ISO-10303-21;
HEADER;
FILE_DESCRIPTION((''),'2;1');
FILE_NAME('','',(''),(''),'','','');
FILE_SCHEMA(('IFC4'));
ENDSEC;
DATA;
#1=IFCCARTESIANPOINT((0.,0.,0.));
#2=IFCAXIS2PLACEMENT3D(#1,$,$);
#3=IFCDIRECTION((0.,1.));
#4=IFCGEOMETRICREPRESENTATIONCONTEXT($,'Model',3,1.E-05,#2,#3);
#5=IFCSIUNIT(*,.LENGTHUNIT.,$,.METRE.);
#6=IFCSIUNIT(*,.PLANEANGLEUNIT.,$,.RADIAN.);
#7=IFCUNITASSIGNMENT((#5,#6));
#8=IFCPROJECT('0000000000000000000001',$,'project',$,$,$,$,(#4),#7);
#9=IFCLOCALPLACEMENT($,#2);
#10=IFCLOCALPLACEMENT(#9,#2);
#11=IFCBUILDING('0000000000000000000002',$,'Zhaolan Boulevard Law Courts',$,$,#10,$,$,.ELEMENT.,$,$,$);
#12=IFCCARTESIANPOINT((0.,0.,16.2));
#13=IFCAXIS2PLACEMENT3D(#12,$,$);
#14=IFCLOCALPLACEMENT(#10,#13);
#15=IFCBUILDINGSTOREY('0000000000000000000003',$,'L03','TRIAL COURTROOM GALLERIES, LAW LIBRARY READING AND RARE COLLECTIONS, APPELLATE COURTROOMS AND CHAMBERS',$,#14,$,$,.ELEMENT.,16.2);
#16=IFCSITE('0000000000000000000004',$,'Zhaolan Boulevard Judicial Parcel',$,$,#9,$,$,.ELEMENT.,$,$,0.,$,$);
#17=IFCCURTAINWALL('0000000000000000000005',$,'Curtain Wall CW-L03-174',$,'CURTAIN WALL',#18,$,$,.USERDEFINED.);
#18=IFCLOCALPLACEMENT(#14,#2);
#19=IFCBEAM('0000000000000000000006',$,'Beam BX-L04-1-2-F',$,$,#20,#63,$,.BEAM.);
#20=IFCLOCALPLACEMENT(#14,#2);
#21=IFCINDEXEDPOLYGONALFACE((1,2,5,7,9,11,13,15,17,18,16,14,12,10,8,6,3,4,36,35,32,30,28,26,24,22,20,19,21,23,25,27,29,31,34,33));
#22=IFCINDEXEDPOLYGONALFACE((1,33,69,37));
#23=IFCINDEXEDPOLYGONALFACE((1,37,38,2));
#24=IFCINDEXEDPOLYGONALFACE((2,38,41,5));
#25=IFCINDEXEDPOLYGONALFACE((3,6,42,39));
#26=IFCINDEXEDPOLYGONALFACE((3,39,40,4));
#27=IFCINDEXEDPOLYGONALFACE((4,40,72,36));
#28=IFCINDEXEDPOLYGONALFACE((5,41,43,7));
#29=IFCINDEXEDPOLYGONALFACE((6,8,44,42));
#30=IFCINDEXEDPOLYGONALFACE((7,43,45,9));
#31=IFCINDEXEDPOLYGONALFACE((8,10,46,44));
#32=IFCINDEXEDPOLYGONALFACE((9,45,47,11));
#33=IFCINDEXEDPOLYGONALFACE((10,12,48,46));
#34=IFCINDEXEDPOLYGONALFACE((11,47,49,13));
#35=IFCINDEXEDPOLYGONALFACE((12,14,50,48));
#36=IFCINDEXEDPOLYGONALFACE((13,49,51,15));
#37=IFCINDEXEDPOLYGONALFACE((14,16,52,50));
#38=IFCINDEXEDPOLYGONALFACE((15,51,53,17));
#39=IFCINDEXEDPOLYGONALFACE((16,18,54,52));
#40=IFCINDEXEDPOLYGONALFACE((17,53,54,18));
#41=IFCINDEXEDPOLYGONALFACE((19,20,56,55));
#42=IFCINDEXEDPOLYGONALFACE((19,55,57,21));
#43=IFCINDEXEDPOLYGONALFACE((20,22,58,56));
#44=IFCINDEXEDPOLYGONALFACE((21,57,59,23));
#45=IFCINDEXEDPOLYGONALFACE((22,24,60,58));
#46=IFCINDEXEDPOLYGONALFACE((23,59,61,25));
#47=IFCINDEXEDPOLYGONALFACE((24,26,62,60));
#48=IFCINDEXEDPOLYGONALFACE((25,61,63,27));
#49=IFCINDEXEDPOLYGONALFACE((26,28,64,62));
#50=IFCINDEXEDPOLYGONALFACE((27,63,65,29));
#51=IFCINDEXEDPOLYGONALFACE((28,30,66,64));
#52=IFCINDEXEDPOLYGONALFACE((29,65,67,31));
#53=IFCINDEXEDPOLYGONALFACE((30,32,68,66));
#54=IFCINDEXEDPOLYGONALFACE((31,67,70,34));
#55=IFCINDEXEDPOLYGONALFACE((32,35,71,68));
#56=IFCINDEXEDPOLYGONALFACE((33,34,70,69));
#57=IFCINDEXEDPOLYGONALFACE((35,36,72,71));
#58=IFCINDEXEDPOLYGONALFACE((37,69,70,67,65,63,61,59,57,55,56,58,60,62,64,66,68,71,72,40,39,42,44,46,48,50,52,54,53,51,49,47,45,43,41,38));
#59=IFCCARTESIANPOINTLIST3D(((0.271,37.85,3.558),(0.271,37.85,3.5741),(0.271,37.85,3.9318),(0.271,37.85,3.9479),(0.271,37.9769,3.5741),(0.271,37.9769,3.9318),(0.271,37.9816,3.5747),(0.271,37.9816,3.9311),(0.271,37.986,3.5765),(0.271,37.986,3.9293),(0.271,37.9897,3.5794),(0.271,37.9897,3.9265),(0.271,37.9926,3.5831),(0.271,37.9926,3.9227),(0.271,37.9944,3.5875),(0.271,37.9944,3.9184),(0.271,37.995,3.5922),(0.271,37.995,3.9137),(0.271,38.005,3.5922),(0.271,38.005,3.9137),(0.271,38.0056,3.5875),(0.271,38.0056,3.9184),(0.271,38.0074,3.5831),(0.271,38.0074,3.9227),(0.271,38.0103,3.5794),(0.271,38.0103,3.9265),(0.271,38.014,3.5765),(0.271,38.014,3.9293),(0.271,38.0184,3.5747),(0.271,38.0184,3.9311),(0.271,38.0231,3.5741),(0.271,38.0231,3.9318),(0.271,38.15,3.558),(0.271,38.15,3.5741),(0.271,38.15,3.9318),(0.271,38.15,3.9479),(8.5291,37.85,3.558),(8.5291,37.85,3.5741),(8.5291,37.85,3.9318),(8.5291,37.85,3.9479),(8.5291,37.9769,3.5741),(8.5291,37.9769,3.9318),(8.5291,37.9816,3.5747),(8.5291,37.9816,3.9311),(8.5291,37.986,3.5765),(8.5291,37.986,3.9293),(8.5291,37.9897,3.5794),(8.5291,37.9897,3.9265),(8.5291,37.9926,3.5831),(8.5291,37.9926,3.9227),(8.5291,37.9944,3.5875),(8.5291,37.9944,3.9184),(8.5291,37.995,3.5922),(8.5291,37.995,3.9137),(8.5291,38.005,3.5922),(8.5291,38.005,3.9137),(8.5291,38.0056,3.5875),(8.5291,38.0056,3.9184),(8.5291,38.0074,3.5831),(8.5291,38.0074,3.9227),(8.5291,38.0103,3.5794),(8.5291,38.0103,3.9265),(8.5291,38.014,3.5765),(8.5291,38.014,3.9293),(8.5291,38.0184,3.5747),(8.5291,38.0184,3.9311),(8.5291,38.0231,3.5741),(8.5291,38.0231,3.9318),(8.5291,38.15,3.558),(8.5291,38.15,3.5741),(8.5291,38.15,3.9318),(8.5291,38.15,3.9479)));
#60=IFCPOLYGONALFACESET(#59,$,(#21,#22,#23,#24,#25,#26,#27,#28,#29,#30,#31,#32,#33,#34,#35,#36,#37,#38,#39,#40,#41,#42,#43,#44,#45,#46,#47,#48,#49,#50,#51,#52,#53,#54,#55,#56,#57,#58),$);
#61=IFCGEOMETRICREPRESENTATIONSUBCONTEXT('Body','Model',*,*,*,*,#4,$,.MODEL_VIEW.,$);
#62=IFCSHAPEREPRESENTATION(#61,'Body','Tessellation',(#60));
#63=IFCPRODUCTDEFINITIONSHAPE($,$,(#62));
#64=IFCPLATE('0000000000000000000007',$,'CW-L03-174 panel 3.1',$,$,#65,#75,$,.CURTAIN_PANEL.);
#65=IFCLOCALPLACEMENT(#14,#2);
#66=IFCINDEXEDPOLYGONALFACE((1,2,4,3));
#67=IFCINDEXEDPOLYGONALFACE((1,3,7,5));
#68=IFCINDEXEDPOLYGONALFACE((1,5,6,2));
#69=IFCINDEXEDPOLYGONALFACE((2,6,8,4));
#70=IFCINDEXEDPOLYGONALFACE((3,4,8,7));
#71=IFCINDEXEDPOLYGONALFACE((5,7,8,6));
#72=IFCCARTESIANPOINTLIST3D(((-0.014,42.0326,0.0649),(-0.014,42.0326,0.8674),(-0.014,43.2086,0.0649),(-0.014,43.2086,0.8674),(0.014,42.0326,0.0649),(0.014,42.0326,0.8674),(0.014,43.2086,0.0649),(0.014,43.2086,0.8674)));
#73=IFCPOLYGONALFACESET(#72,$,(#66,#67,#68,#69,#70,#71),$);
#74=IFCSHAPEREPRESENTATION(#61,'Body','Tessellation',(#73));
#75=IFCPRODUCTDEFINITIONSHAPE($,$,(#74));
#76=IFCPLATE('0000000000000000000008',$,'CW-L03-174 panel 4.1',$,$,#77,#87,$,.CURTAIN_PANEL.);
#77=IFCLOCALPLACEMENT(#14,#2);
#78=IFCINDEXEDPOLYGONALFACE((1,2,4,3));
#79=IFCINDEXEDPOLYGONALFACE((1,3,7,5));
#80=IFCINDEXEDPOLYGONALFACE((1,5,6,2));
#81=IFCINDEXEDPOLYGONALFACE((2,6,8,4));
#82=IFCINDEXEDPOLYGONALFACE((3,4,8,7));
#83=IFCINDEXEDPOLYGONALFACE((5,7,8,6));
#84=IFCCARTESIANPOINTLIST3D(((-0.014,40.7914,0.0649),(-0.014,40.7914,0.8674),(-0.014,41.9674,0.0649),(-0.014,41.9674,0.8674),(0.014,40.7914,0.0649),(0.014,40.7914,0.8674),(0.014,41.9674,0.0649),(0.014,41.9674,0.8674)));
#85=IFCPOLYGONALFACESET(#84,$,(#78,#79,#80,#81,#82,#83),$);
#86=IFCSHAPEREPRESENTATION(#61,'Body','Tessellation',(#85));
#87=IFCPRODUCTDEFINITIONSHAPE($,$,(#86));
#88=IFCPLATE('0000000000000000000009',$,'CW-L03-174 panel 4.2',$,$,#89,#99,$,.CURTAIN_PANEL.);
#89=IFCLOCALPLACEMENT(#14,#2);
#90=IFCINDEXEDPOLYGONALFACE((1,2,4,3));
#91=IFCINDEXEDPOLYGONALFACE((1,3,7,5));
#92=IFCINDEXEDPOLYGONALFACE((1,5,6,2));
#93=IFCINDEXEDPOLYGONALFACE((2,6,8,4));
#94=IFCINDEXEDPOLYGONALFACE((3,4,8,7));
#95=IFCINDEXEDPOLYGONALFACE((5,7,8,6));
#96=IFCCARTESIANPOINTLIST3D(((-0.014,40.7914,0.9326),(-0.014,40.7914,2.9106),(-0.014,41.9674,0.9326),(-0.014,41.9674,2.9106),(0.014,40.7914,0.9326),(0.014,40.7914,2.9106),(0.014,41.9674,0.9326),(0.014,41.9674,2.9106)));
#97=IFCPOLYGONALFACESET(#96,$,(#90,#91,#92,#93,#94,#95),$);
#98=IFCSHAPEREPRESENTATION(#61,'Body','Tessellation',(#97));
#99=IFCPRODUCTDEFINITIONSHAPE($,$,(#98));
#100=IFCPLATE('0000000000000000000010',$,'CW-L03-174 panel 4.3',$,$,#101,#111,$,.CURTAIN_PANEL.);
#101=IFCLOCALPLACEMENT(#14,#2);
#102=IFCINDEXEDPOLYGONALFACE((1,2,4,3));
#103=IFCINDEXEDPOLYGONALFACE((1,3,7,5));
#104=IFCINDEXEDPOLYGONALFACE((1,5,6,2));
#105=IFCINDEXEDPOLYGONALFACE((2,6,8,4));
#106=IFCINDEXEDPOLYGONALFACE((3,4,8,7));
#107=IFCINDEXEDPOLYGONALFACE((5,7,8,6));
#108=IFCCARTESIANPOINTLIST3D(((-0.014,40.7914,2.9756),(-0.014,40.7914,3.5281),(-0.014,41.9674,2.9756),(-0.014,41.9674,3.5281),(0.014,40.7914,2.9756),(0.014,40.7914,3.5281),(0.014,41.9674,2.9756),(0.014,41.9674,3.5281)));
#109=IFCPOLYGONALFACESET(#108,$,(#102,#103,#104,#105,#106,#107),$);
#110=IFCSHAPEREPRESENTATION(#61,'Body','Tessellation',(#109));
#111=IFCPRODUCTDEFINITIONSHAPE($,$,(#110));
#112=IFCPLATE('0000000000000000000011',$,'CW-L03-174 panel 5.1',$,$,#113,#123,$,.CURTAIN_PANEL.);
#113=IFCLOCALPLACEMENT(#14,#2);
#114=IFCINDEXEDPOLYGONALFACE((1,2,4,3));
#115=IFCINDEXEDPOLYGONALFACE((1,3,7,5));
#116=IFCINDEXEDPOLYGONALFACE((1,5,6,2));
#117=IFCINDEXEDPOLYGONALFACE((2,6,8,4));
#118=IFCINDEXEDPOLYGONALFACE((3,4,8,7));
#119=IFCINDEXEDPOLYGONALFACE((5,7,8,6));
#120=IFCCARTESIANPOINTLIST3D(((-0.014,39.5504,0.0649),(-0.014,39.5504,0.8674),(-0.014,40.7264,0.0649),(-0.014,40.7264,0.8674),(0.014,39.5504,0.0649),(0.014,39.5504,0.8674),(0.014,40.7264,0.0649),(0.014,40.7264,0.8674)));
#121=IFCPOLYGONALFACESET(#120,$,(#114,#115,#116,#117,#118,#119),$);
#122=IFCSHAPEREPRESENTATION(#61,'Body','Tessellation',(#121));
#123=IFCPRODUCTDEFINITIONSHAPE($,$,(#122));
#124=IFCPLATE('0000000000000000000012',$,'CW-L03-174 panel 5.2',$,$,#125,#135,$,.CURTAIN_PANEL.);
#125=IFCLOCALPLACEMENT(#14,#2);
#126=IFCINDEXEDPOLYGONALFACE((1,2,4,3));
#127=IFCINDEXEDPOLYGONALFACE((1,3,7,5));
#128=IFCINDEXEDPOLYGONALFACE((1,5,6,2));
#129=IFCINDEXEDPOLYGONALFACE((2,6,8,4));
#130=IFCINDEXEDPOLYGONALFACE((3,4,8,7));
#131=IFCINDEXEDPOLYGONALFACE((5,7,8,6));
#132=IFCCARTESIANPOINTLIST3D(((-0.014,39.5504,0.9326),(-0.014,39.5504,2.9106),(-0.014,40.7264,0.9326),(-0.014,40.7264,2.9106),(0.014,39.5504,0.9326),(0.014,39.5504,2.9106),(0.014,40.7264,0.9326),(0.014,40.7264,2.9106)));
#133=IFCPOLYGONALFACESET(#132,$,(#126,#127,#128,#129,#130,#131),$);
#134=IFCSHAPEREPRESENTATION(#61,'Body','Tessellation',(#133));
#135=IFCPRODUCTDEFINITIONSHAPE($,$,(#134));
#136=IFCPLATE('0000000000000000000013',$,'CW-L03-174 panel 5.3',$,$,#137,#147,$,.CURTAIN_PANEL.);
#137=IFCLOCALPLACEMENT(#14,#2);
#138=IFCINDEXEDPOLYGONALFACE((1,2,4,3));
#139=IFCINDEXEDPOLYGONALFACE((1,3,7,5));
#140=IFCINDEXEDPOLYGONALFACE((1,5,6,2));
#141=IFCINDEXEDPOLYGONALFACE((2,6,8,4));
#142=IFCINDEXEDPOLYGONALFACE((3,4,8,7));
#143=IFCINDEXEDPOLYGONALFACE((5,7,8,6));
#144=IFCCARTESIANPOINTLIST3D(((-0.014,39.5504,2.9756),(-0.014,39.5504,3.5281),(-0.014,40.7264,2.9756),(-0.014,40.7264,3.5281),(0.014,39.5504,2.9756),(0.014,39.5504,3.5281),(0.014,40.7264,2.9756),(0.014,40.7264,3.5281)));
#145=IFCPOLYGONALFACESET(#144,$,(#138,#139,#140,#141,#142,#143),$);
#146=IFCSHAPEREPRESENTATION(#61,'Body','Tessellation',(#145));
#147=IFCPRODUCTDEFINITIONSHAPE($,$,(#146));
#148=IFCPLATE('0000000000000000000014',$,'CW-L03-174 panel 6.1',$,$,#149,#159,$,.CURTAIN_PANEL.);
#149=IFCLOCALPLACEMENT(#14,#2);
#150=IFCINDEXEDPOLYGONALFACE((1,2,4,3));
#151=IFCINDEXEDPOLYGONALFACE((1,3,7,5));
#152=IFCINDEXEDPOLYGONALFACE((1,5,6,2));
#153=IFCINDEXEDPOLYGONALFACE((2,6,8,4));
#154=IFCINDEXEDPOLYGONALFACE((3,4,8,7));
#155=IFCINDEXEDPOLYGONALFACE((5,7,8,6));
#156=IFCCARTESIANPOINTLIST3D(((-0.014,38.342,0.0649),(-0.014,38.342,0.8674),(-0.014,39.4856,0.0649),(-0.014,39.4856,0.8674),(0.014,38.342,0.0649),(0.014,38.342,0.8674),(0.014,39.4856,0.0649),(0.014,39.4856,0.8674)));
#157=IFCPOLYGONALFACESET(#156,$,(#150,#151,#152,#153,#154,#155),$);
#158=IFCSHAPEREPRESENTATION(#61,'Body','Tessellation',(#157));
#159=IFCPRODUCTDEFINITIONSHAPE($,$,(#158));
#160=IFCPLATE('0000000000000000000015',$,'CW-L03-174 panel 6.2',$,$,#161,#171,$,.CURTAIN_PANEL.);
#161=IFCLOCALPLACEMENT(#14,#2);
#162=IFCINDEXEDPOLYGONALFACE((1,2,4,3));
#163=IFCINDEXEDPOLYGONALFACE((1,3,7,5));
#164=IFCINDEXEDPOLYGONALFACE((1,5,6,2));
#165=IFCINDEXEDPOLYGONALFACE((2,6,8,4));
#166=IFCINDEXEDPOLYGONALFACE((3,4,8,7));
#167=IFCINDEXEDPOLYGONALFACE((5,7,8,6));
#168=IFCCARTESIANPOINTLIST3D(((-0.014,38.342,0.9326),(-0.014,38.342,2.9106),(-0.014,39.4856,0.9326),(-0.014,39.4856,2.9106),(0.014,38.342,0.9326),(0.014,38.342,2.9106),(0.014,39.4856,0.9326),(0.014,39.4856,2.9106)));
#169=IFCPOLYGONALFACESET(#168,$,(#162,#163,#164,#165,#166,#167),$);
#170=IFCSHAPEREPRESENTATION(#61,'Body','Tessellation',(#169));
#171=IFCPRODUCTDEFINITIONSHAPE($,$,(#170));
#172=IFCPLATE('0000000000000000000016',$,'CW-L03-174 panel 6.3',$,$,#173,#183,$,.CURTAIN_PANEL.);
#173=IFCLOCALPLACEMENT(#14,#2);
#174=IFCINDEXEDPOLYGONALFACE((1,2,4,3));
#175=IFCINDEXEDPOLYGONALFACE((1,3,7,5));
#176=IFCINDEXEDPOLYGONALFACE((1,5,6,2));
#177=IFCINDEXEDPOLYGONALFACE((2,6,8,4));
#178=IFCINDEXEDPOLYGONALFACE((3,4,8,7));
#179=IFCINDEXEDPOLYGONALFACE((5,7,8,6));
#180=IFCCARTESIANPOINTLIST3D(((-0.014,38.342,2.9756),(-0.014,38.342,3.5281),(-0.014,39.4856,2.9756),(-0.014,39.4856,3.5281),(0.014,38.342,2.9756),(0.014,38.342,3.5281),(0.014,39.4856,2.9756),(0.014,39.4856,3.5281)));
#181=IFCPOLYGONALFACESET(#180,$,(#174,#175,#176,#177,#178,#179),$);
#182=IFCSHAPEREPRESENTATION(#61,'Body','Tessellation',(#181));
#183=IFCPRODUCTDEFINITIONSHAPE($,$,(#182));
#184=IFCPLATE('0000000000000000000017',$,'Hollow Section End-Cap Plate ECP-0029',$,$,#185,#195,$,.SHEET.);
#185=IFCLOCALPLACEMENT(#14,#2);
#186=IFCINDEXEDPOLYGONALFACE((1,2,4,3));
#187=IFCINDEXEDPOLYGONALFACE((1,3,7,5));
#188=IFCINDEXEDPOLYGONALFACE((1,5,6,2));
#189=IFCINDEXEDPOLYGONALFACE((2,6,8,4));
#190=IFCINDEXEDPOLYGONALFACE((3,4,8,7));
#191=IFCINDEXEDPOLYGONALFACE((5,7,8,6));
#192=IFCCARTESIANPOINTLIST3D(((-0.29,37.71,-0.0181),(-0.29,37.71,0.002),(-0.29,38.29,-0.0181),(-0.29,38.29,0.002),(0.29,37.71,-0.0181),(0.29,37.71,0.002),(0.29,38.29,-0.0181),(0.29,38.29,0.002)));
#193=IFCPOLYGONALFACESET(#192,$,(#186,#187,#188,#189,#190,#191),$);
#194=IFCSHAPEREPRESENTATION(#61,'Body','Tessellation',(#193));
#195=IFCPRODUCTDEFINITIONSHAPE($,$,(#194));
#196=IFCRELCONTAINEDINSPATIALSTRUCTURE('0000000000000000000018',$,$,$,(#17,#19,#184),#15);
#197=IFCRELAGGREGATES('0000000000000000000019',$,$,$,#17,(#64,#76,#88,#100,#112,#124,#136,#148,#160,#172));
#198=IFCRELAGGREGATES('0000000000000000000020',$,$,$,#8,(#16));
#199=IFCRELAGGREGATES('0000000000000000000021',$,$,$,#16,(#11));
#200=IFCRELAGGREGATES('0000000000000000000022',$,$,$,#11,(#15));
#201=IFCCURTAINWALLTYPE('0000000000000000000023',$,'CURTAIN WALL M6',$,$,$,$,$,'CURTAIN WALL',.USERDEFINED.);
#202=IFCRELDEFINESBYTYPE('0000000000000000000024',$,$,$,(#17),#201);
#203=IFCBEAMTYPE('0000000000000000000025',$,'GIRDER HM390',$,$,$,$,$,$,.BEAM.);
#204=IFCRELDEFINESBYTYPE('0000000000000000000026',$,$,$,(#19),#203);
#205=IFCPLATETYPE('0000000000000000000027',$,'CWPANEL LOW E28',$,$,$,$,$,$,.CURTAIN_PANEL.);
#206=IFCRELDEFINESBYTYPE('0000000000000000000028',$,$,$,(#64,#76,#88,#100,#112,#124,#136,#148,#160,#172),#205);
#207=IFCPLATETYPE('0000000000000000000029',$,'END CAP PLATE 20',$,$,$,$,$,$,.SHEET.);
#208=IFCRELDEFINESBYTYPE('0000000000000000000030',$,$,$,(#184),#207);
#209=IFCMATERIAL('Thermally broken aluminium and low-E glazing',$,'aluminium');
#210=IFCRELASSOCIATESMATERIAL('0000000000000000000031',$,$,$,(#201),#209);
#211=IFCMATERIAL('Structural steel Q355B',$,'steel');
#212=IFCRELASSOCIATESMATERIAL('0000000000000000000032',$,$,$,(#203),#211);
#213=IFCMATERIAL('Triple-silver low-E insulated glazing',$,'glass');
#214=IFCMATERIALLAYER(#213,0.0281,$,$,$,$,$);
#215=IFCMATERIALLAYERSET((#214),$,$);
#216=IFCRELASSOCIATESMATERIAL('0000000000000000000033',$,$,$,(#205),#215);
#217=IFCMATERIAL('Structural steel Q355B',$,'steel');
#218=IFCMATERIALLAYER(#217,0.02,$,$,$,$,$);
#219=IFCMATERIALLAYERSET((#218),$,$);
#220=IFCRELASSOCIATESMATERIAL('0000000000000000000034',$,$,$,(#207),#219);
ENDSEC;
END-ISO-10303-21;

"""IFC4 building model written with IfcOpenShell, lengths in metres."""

from ifc_helpers import new_model, si_unit, direction, frame, origin, origin_2d, place, context, subcontext, project, spatial, rectangle, i_section, extrude, material, layer, layer_set, material_profile, profile_set, type_object, element, aggregate, save


model = new_model("IFC4")

# Units and contexts
model_context = context("Model", 3, precision=1e-05, world=origin(), true_north=direction((0.0, 1.0)))
body_context = subcontext(model_context, "Body", "Model", "MODEL_VIEW")
ifc_project = project(units=[si_unit("LENGTHUNIT", "METRE"), si_unit("PLANEANGLEUNIT", "RADIAN")], contexts=[model_context])

# Site, building, storey
site_placement = place(None, origin())
site = spatial("IfcSite", under=ifc_project, at=site_placement, Name="Zhaolan Boulevard Judicial Parcel", CompositionType="ELEMENT", RefElevation=0.0)
building_placement = place(site_placement, origin())
building = spatial("IfcBuilding", under=site, at=building_placement, Name="Zhaolan Boulevard Law Courts", CompositionType="ELEMENT")
storey_placement = place(building_placement, frame((0.0, 0.0, 16.2)))
storey = spatial("IfcBuildingStorey", under=building, at=storey_placement, Name="L03", Description="TRIAL COURTROOM GALLERIES, LAW LIBRARY READING AND RARE COLLECTIONS, APPELLATE COURTROOMS AND CHAMBERS", CompositionType="ELEMENT", Elevation=16.2)

# Curtain wall
ifc_material_1 = material(Name="Thermally broken aluminium and low-E glazing", Category="aluminium")
curtain_wall_type_1 = type_object("IfcCurtainWallType", Name="CURTAIN WALL M6", ElementType="CURTAIN WALL", PredefinedType="USERDEFINED", material=ifc_material_1)
curtain_wall_1_placement = place(storey_placement, origin())
curtain_wall_1 = element("IfcCurtainWall", 1, at=curtain_wall_1_placement, inside=storey, type_object=curtain_wall_type_1, Name="Curtain Wall CW-L03-174", ObjectType="CURTAIN WALL", PredefinedType="USERDEFINED")

# Beam
ifc_material_2 = material(Name="Structural steel Q355B", Category="steel")
ifc_material_profile_1 = material_profile(ifc_material_2, i_section(OverallWidth=0.3, OverallDepth=0.3899, WebThickness=0.01, FlangeThickness=0.0161, FilletRadius=0.0181, at=origin_2d()), Name="HM390x300")
ifc_profile_set_1 = profile_set([ifc_material_profile_1], Name="Structural steel Q355B")
beam_type_1 = type_object("IfcBeamType", Name="GIRDER HM390", PredefinedType="BEAM", material=ifc_profile_set_1)
beam_1_placement = place(storey_placement, frame((0.271, 38.0, 3.7529), z_axis=(1.0, 0.0, 0.0), x_axis=(0.0, 1.0, 0.0)))
element("IfcBeam", 2, at=beam_1_placement, inside=storey, type_object=beam_type_1, Name="Beam BX-L04-1-2-F", PredefinedType="BEAM", context=body_context, shape_type="SweptSolid", body=[
    extrude(i_section(OverallWidth=0.3, OverallDepth=0.3899, WebThickness=0.01, FlangeThickness=0.0161, FilletRadius=0.0181, at=origin_2d()), origin(), (0.0, 0.0, 1.0), 8.2581),
])

# Plates
ifc_material_3 = material(Name="Triple-silver low-E insulated glazing", Category="glass")
ifc_layer_1 = layer(ifc_material_3, 0.0281)
ifc_layer_set_1 = layer_set([ifc_layer_1])
plate_type_1 = type_object("IfcPlateType", Name="CWPANEL LOW E28", PredefinedType="CURTAIN_PANEL", material=ifc_layer_set_1)
plate_1_placement = place(storey_placement, frame((0.0, 42.6206, 0.0649), z_axis=(0.0, 0.0, 1.0), x_axis=(0.0, -1.0, 0.0)))
plate_1 = element("IfcPlate", 3, at=plate_1_placement, type_object=plate_type_1, Name="CW-L03-174 panel 3.1", PredefinedType="CURTAIN_PANEL", context=body_context, shape_type="SweptSolid", body=[
    extrude(rectangle(XDim=1.176, YDim=0.0281, at=origin_2d()), origin(), (0.0, 0.0, 1.0), 0.8025),
])
plate_2_placement = place(storey_placement, frame((0.0, 41.3794, 0.0649), z_axis=(0.0, 0.0, 1.0), x_axis=(0.0, -1.0, 0.0)))
plate_2 = element("IfcPlate", 4, at=plate_2_placement, type_object=plate_type_1, Name="CW-L03-174 panel 4.1", PredefinedType="CURTAIN_PANEL", context=body_context, shape_type="SweptSolid", body=[
    extrude(rectangle(XDim=1.176, YDim=0.0281, at=origin_2d()), origin(), (0.0, 0.0, 1.0), 0.8025),
])
plate_3_placement = place(storey_placement, frame((0.0, 41.3794, 0.9326), z_axis=(0.0, 0.0, 1.0), x_axis=(0.0, -1.0, 0.0)))
plate_3 = element("IfcPlate", 5, at=plate_3_placement, type_object=plate_type_1, Name="CW-L03-174 panel 4.2", PredefinedType="CURTAIN_PANEL", context=body_context, shape_type="SweptSolid", body=[
    extrude(rectangle(XDim=1.176, YDim=0.0281, at=origin_2d()), origin(), (0.0, 0.0, 1.0), 1.978),
])
plate_4_placement = place(storey_placement, frame((0.0, 41.3794, 2.9756), z_axis=(0.0, 0.0, 1.0), x_axis=(0.0, -1.0, 0.0)))
plate_4 = element("IfcPlate", 6, at=plate_4_placement, type_object=plate_type_1, Name="CW-L03-174 panel 4.3", PredefinedType="CURTAIN_PANEL", context=body_context, shape_type="SweptSolid", body=[
    extrude(rectangle(XDim=1.176, YDim=0.0281, at=origin_2d()), origin(), (0.0, 0.0, 1.0), 0.5525),
])
plate_5_placement = place(storey_placement, frame((0.0, 40.1384, 0.0649), z_axis=(0.0, 0.0, 1.0), x_axis=(0.0, -1.0, 0.0)))
plate_5 = element("IfcPlate", 7, at=plate_5_placement, type_object=plate_type_1, Name="CW-L03-174 panel 5.1", PredefinedType="CURTAIN_PANEL", context=body_context, shape_type="SweptSolid", body=[
    extrude(rectangle(XDim=1.176, YDim=0.0281, at=origin_2d()), origin(), (0.0, 0.0, 1.0), 0.8025),
])
plate_6_placement = place(storey_placement, frame((0.0, 40.1384, 0.9326), z_axis=(0.0, 0.0, 1.0), x_axis=(0.0, -1.0, 0.0)))
plate_6 = element("IfcPlate", 8, at=plate_6_placement, type_object=plate_type_1, Name="CW-L03-174 panel 5.2", PredefinedType="CURTAIN_PANEL", context=body_context, shape_type="SweptSolid", body=[
    extrude(rectangle(XDim=1.176, YDim=0.0281, at=origin_2d()), origin(), (0.0, 0.0, 1.0), 1.978),
])
plate_7_placement = place(storey_placement, frame((0.0, 40.1384, 2.9756), z_axis=(0.0, 0.0, 1.0), x_axis=(0.0, -1.0, 0.0)))
plate_7 = element("IfcPlate", 9, at=plate_7_placement, type_object=plate_type_1, Name="CW-L03-174 panel 5.3", PredefinedType="CURTAIN_PANEL", context=body_context, shape_type="SweptSolid", body=[
    extrude(rectangle(XDim=1.176, YDim=0.0281, at=origin_2d()), origin(), (0.0, 0.0, 1.0), 0.5525),
])
plate_8_placement = place(storey_placement, frame((0.0, 38.9138, 0.0649), z_axis=(0.0, 0.0, 1.0), x_axis=(0.0, -1.0, 0.0)))
plate_8 = element("IfcPlate", 10, at=plate_8_placement, type_object=plate_type_1, Name="CW-L03-174 panel 6.1", PredefinedType="CURTAIN_PANEL", context=body_context, shape_type="SweptSolid", body=[
    extrude(rectangle(XDim=1.1436, YDim=0.0281, at=origin_2d()), origin(), (0.0, 0.0, 1.0), 0.8025),
])
plate_9_placement = place(storey_placement, frame((0.0, 38.9138, 0.9326), z_axis=(0.0, 0.0, 1.0), x_axis=(0.0, -1.0, 0.0)))
plate_9 = element("IfcPlate", 11, at=plate_9_placement, type_object=plate_type_1, Name="CW-L03-174 panel 6.2", PredefinedType="CURTAIN_PANEL", context=body_context, shape_type="SweptSolid", body=[
    extrude(rectangle(XDim=1.1436, YDim=0.0281, at=origin_2d()), origin(), (0.0, 0.0, 1.0), 1.978),
])
plate_10_placement = place(storey_placement, frame((0.0, 38.9138, 2.9756), z_axis=(0.0, 0.0, 1.0), x_axis=(0.0, -1.0, 0.0)))
plate_10 = element("IfcPlate", 12, at=plate_10_placement, type_object=plate_type_1, Name="CW-L03-174 panel 6.3", PredefinedType="CURTAIN_PANEL", context=body_context, shape_type="SweptSolid", body=[
    extrude(rectangle(XDim=1.1436, YDim=0.0281, at=origin_2d()), origin(), (0.0, 0.0, 1.0), 0.5525),
])
aggregate(curtain_wall_1, [plate_1, plate_2, plate_3, plate_4, plate_5, plate_6, plate_7, plate_8, plate_9, plate_10])

# Plate
ifc_material_4 = material(Name="Structural steel Q355B", Category="steel")
ifc_layer_2 = layer(ifc_material_4, 0.02)
ifc_layer_set_2 = layer_set([ifc_layer_2])
plate_type_2 = type_object("IfcPlateType", Name="END CAP PLATE 20", PredefinedType="SHEET", material=ifc_layer_set_2)
for number, where, z_axis, x_axis, name in (
    (13, (0.0, 38.0, -0.0181), (0.0, 0.0, 1.0), (1.0, 0.0, 0.0), "Hollow Section End-Cap Plate ECP-0029"),
):
    element("IfcPlate", number, at=place(storey_placement, frame(where, z_axis=z_axis, x_axis=x_axis)), inside=storey, type_object=plate_type_2, Name=name, PredefinedType="SHEET", context=body_context, shape_type="SweptSolid", body=[
        extrude(rectangle(XDim=0.5801, YDim=0.5801, at=origin_2d()), origin(), (0.0, 0.0, 1.0), 0.02),
    ])

save(model, "model.ifc")
